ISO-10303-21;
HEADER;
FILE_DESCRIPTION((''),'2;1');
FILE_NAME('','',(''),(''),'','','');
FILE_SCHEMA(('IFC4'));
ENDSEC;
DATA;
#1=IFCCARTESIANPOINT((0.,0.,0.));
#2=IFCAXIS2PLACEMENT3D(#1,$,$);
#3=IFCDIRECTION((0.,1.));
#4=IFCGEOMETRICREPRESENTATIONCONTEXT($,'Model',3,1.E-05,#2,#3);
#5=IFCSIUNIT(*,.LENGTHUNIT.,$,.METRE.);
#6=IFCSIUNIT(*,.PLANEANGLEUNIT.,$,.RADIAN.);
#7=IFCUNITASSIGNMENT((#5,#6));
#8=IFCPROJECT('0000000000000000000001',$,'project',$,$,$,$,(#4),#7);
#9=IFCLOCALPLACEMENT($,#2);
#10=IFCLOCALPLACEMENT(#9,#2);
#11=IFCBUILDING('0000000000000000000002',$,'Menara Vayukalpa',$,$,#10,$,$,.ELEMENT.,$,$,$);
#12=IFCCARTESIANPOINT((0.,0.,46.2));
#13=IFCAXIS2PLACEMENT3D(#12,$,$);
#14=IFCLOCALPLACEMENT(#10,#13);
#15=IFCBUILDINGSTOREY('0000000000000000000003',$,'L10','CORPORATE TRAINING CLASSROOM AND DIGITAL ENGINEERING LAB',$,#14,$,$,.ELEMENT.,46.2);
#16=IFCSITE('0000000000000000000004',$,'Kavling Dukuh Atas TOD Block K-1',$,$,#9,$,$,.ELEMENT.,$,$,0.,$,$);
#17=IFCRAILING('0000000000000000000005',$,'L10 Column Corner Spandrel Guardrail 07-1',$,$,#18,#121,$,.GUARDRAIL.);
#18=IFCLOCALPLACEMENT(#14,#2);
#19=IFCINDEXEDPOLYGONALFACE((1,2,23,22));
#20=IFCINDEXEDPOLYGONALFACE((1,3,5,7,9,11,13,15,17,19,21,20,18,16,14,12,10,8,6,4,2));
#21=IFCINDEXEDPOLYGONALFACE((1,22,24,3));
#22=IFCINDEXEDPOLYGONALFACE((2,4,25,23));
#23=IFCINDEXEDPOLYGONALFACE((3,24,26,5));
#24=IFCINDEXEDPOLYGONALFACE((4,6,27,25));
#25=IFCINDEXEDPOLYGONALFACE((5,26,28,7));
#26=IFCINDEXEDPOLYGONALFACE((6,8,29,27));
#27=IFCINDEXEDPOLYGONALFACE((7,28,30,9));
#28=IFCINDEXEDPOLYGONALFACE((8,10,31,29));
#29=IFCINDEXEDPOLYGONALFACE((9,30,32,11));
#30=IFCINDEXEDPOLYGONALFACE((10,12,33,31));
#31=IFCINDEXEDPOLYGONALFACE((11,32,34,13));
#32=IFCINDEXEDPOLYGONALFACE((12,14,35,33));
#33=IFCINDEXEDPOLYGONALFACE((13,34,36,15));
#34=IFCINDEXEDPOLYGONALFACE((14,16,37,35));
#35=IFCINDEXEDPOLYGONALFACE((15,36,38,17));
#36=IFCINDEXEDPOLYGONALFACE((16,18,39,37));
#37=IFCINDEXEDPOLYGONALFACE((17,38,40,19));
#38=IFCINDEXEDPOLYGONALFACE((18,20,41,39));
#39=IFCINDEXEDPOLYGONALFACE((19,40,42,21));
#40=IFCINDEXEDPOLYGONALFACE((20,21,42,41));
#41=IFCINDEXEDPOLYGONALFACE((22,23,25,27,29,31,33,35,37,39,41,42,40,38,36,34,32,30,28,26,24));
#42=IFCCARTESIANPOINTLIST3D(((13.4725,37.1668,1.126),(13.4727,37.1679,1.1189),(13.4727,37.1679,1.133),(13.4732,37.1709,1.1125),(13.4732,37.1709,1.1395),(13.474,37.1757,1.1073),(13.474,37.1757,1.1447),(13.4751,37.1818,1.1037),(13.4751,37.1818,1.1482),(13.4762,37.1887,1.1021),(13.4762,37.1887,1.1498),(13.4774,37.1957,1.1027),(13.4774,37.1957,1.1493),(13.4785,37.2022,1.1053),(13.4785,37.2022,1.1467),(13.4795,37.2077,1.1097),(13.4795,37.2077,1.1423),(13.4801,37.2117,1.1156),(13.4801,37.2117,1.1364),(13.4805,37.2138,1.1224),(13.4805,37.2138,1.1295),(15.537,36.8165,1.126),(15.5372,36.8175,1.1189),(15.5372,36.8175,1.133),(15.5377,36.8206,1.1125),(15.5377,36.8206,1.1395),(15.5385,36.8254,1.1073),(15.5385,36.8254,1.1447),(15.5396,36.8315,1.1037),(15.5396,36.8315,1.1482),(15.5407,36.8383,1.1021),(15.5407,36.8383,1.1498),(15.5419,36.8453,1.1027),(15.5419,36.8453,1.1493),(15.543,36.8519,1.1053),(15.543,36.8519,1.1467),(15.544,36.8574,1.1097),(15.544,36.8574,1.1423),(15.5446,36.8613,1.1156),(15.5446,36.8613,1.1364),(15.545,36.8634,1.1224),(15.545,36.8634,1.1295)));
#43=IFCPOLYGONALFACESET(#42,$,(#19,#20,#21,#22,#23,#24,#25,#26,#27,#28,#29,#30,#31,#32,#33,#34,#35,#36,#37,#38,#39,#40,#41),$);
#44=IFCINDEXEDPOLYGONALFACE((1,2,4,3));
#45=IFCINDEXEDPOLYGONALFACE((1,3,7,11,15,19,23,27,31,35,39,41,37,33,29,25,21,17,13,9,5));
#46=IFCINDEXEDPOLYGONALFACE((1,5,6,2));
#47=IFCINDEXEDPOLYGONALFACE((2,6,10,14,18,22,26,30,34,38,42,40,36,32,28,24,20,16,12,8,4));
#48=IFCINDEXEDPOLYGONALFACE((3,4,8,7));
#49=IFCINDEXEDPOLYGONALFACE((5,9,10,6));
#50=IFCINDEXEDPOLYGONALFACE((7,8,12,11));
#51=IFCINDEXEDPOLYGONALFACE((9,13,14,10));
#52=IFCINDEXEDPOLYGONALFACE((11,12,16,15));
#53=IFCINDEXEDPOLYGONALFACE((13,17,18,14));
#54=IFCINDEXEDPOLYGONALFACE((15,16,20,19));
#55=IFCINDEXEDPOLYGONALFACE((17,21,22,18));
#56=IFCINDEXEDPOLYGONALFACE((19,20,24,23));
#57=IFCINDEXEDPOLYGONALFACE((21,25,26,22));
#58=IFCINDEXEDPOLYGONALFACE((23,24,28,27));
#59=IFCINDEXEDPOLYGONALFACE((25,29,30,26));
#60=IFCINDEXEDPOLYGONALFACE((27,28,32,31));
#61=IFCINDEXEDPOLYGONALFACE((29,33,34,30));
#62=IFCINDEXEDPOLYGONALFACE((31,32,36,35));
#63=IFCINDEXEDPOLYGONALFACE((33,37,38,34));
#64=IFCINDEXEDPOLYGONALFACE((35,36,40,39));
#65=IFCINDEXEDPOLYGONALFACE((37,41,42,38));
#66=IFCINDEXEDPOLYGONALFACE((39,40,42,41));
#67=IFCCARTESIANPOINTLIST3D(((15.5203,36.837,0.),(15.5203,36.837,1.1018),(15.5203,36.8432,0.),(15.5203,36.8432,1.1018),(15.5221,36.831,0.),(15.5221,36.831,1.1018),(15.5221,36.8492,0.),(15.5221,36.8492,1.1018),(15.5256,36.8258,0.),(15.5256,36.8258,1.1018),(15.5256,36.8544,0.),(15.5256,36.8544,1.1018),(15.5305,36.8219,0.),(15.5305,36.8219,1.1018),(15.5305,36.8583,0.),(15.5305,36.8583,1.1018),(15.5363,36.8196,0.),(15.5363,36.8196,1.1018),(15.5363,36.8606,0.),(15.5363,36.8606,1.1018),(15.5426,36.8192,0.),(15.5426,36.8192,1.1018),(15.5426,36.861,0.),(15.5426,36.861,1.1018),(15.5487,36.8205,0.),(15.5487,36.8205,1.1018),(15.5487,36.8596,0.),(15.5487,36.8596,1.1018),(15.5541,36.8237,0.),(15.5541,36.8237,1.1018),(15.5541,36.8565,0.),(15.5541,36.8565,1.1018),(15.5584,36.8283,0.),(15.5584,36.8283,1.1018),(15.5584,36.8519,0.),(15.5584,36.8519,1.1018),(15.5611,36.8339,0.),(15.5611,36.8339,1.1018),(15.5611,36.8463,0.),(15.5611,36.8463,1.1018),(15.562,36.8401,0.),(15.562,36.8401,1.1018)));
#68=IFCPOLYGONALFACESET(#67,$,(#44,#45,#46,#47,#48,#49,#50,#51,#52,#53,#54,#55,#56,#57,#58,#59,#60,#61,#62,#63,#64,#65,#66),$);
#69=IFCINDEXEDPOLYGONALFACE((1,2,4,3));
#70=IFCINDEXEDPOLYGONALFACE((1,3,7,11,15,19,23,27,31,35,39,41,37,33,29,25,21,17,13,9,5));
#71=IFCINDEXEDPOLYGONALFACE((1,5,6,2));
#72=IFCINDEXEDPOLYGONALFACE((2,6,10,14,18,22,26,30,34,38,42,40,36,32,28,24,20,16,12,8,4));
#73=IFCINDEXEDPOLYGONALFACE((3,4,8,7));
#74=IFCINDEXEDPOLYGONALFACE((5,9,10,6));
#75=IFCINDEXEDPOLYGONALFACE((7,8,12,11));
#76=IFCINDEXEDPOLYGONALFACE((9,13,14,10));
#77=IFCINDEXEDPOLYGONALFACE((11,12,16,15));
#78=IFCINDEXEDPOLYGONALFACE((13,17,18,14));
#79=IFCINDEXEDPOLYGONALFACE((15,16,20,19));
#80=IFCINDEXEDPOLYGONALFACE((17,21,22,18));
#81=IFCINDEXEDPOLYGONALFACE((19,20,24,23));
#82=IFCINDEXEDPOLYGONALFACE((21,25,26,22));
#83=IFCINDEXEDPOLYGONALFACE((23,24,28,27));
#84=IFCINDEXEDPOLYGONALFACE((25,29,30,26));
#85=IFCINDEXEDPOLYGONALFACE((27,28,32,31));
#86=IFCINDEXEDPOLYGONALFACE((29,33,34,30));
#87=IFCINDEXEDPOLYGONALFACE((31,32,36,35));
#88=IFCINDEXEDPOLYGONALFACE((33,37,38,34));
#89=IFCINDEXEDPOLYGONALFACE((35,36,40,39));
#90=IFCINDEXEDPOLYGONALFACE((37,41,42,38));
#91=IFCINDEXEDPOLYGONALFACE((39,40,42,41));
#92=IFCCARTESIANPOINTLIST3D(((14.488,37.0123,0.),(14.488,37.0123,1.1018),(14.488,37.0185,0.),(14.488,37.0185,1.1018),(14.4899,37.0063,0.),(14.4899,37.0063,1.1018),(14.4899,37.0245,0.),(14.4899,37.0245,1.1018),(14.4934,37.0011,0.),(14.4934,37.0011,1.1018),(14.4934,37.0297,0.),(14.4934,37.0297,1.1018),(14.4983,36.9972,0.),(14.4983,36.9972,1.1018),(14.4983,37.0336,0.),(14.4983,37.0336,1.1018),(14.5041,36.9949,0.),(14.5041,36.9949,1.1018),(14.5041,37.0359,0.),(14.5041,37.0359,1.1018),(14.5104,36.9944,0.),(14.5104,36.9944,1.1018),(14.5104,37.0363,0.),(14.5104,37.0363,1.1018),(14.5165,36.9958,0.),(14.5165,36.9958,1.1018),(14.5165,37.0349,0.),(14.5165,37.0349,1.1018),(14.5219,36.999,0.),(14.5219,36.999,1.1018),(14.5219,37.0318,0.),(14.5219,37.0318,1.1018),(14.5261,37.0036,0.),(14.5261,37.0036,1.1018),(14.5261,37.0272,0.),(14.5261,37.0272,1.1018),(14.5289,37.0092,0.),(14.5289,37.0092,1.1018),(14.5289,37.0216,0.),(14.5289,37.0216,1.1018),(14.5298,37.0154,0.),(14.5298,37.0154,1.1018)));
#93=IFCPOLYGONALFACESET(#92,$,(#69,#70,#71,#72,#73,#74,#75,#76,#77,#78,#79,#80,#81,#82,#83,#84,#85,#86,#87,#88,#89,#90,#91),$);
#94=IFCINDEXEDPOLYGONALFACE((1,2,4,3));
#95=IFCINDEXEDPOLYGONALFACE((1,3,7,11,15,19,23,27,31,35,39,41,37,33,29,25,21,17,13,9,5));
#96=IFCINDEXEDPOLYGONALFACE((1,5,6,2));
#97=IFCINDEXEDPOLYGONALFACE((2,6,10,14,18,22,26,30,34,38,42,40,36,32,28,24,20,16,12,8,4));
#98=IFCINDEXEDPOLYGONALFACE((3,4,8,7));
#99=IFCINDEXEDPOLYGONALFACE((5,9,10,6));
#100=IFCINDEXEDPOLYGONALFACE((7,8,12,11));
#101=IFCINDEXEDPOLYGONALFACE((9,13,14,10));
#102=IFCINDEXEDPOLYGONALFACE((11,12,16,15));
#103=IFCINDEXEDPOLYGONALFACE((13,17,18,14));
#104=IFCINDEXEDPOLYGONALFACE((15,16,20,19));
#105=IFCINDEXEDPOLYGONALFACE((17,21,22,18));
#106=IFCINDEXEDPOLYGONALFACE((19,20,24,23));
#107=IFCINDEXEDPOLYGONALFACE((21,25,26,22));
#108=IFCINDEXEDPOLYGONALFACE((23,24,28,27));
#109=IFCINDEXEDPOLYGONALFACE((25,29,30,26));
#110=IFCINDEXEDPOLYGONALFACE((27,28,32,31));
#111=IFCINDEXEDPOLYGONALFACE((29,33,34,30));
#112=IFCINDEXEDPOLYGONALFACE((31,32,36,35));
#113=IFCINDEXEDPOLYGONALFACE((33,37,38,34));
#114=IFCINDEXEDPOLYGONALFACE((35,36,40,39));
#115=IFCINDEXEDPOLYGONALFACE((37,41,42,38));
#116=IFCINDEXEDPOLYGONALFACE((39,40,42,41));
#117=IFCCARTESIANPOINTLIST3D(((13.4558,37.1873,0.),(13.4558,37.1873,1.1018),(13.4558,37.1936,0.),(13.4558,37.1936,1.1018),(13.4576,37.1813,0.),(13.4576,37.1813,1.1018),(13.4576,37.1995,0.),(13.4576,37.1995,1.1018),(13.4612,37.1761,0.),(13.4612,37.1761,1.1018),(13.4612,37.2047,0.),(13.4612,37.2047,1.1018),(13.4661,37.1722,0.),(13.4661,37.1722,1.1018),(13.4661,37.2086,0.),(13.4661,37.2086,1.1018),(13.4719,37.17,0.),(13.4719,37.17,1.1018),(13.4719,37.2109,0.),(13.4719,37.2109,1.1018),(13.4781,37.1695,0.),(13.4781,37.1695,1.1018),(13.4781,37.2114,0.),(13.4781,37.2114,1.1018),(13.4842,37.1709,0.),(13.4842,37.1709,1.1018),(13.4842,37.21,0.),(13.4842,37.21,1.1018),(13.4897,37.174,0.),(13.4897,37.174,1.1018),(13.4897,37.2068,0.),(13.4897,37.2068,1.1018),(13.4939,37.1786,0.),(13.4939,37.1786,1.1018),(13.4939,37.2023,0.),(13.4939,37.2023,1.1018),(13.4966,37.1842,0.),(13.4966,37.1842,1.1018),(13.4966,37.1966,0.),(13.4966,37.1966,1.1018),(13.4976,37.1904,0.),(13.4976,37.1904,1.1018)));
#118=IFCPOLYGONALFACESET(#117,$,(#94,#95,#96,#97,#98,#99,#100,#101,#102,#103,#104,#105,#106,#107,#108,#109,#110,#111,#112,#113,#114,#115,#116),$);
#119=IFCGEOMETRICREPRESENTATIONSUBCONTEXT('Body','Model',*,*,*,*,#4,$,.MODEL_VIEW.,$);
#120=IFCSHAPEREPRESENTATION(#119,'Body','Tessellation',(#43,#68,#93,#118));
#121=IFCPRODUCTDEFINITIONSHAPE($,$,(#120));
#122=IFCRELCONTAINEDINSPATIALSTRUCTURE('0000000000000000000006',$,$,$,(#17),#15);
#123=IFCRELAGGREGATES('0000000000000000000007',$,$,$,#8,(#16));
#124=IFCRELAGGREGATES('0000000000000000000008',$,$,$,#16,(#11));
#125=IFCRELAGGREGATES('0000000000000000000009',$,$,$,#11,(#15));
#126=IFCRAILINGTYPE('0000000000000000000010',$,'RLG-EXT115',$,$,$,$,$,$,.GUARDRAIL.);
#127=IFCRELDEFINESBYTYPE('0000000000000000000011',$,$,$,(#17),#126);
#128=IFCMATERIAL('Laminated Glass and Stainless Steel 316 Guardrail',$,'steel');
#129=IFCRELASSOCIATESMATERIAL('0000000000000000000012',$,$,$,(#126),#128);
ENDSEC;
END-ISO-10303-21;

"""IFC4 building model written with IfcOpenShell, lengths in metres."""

from ifc_helpers import new_model, si_unit, direction, frame, origin, origin_2d, place, context, subcontext, project, spatial, circle, extrude, material, type_object, element, save


model = new_model("IFC4")

# Units and contexts
model_context = context("Model", 3, precision=1e-05, world=origin(), true_north=direction((0.0, 1.0)))
body_context = subcontext(model_context, "Body", "Model", "MODEL_VIEW")
ifc_project = project(units=[si_unit("LENGTHUNIT", "METRE"), si_unit("PLANEANGLEUNIT", "RADIAN")], contexts=[model_context])

# Site, building, storey
site_placement = place(None, origin())
site = spatial("IfcSite", under=ifc_project, at=site_placement, Name="Kavling Dukuh Atas TOD Block K-1", CompositionType="ELEMENT", RefElevation=0.0)
building_placement = place(site_placement, origin())
building = spatial("IfcBuilding", under=site, at=building_placement, Name="Menara Vayukalpa", CompositionType="ELEMENT")
storey_placement = place(building_placement, frame((0.0, 0.0, 46.2)))
storey = spatial("IfcBuildingStorey", under=building, at=storey_placement, Name="L10", Description="CORPORATE TRAINING CLASSROOM AND DIGITAL ENGINEERING LAB", CompositionType="ELEMENT", Elevation=46.2)

# Railing
ifc_material_1 = material(Name="Laminated Glass and Stainless Steel 316 Guardrail", Category="steel")
railing_type = type_object("IfcRailingType", Name="RLG-EXT115", PredefinedType="GUARDRAIL", material=ifc_material_1)
railing_1_placement = place(storey_placement, frame((15.541, 36.8401, 0.0)))
element("IfcRailing", 1, at=railing_1_placement, inside=storey, type_object=railing_type, Name="L10 Column Corner Spandrel Guardrail 07-1", PredefinedType="GUARDRAIL", context=body_context, shape_type="SweptSolid", body=[
    extrude(circle(Radius=0.0239, at=origin_2d()), frame((0.0, 0.0, 1.126), z_axis=(-0.985904, 0.16731, 0.0), x_axis=(-0.16731, -0.985904, 0.0)), (0.0, 0.0, 1.0), 2.094),
    extrude(circle(Radius=0.021, at=origin_2d()), origin(), (0.0, 0.0, 1.0), 1.1018),
    extrude(circle(Radius=0.021, at=origin_2d()), frame((-1.0322, 0.1753, 0.0)), (0.0, 0.0, 1.0), 1.1018),
    extrude(circle(Radius=0.021, at=origin_2d()), frame((-2.0645, 0.3503, 0.0)), (0.0, 0.0, 1.0), 1.1018),
])

save(model, "model.ifc")
